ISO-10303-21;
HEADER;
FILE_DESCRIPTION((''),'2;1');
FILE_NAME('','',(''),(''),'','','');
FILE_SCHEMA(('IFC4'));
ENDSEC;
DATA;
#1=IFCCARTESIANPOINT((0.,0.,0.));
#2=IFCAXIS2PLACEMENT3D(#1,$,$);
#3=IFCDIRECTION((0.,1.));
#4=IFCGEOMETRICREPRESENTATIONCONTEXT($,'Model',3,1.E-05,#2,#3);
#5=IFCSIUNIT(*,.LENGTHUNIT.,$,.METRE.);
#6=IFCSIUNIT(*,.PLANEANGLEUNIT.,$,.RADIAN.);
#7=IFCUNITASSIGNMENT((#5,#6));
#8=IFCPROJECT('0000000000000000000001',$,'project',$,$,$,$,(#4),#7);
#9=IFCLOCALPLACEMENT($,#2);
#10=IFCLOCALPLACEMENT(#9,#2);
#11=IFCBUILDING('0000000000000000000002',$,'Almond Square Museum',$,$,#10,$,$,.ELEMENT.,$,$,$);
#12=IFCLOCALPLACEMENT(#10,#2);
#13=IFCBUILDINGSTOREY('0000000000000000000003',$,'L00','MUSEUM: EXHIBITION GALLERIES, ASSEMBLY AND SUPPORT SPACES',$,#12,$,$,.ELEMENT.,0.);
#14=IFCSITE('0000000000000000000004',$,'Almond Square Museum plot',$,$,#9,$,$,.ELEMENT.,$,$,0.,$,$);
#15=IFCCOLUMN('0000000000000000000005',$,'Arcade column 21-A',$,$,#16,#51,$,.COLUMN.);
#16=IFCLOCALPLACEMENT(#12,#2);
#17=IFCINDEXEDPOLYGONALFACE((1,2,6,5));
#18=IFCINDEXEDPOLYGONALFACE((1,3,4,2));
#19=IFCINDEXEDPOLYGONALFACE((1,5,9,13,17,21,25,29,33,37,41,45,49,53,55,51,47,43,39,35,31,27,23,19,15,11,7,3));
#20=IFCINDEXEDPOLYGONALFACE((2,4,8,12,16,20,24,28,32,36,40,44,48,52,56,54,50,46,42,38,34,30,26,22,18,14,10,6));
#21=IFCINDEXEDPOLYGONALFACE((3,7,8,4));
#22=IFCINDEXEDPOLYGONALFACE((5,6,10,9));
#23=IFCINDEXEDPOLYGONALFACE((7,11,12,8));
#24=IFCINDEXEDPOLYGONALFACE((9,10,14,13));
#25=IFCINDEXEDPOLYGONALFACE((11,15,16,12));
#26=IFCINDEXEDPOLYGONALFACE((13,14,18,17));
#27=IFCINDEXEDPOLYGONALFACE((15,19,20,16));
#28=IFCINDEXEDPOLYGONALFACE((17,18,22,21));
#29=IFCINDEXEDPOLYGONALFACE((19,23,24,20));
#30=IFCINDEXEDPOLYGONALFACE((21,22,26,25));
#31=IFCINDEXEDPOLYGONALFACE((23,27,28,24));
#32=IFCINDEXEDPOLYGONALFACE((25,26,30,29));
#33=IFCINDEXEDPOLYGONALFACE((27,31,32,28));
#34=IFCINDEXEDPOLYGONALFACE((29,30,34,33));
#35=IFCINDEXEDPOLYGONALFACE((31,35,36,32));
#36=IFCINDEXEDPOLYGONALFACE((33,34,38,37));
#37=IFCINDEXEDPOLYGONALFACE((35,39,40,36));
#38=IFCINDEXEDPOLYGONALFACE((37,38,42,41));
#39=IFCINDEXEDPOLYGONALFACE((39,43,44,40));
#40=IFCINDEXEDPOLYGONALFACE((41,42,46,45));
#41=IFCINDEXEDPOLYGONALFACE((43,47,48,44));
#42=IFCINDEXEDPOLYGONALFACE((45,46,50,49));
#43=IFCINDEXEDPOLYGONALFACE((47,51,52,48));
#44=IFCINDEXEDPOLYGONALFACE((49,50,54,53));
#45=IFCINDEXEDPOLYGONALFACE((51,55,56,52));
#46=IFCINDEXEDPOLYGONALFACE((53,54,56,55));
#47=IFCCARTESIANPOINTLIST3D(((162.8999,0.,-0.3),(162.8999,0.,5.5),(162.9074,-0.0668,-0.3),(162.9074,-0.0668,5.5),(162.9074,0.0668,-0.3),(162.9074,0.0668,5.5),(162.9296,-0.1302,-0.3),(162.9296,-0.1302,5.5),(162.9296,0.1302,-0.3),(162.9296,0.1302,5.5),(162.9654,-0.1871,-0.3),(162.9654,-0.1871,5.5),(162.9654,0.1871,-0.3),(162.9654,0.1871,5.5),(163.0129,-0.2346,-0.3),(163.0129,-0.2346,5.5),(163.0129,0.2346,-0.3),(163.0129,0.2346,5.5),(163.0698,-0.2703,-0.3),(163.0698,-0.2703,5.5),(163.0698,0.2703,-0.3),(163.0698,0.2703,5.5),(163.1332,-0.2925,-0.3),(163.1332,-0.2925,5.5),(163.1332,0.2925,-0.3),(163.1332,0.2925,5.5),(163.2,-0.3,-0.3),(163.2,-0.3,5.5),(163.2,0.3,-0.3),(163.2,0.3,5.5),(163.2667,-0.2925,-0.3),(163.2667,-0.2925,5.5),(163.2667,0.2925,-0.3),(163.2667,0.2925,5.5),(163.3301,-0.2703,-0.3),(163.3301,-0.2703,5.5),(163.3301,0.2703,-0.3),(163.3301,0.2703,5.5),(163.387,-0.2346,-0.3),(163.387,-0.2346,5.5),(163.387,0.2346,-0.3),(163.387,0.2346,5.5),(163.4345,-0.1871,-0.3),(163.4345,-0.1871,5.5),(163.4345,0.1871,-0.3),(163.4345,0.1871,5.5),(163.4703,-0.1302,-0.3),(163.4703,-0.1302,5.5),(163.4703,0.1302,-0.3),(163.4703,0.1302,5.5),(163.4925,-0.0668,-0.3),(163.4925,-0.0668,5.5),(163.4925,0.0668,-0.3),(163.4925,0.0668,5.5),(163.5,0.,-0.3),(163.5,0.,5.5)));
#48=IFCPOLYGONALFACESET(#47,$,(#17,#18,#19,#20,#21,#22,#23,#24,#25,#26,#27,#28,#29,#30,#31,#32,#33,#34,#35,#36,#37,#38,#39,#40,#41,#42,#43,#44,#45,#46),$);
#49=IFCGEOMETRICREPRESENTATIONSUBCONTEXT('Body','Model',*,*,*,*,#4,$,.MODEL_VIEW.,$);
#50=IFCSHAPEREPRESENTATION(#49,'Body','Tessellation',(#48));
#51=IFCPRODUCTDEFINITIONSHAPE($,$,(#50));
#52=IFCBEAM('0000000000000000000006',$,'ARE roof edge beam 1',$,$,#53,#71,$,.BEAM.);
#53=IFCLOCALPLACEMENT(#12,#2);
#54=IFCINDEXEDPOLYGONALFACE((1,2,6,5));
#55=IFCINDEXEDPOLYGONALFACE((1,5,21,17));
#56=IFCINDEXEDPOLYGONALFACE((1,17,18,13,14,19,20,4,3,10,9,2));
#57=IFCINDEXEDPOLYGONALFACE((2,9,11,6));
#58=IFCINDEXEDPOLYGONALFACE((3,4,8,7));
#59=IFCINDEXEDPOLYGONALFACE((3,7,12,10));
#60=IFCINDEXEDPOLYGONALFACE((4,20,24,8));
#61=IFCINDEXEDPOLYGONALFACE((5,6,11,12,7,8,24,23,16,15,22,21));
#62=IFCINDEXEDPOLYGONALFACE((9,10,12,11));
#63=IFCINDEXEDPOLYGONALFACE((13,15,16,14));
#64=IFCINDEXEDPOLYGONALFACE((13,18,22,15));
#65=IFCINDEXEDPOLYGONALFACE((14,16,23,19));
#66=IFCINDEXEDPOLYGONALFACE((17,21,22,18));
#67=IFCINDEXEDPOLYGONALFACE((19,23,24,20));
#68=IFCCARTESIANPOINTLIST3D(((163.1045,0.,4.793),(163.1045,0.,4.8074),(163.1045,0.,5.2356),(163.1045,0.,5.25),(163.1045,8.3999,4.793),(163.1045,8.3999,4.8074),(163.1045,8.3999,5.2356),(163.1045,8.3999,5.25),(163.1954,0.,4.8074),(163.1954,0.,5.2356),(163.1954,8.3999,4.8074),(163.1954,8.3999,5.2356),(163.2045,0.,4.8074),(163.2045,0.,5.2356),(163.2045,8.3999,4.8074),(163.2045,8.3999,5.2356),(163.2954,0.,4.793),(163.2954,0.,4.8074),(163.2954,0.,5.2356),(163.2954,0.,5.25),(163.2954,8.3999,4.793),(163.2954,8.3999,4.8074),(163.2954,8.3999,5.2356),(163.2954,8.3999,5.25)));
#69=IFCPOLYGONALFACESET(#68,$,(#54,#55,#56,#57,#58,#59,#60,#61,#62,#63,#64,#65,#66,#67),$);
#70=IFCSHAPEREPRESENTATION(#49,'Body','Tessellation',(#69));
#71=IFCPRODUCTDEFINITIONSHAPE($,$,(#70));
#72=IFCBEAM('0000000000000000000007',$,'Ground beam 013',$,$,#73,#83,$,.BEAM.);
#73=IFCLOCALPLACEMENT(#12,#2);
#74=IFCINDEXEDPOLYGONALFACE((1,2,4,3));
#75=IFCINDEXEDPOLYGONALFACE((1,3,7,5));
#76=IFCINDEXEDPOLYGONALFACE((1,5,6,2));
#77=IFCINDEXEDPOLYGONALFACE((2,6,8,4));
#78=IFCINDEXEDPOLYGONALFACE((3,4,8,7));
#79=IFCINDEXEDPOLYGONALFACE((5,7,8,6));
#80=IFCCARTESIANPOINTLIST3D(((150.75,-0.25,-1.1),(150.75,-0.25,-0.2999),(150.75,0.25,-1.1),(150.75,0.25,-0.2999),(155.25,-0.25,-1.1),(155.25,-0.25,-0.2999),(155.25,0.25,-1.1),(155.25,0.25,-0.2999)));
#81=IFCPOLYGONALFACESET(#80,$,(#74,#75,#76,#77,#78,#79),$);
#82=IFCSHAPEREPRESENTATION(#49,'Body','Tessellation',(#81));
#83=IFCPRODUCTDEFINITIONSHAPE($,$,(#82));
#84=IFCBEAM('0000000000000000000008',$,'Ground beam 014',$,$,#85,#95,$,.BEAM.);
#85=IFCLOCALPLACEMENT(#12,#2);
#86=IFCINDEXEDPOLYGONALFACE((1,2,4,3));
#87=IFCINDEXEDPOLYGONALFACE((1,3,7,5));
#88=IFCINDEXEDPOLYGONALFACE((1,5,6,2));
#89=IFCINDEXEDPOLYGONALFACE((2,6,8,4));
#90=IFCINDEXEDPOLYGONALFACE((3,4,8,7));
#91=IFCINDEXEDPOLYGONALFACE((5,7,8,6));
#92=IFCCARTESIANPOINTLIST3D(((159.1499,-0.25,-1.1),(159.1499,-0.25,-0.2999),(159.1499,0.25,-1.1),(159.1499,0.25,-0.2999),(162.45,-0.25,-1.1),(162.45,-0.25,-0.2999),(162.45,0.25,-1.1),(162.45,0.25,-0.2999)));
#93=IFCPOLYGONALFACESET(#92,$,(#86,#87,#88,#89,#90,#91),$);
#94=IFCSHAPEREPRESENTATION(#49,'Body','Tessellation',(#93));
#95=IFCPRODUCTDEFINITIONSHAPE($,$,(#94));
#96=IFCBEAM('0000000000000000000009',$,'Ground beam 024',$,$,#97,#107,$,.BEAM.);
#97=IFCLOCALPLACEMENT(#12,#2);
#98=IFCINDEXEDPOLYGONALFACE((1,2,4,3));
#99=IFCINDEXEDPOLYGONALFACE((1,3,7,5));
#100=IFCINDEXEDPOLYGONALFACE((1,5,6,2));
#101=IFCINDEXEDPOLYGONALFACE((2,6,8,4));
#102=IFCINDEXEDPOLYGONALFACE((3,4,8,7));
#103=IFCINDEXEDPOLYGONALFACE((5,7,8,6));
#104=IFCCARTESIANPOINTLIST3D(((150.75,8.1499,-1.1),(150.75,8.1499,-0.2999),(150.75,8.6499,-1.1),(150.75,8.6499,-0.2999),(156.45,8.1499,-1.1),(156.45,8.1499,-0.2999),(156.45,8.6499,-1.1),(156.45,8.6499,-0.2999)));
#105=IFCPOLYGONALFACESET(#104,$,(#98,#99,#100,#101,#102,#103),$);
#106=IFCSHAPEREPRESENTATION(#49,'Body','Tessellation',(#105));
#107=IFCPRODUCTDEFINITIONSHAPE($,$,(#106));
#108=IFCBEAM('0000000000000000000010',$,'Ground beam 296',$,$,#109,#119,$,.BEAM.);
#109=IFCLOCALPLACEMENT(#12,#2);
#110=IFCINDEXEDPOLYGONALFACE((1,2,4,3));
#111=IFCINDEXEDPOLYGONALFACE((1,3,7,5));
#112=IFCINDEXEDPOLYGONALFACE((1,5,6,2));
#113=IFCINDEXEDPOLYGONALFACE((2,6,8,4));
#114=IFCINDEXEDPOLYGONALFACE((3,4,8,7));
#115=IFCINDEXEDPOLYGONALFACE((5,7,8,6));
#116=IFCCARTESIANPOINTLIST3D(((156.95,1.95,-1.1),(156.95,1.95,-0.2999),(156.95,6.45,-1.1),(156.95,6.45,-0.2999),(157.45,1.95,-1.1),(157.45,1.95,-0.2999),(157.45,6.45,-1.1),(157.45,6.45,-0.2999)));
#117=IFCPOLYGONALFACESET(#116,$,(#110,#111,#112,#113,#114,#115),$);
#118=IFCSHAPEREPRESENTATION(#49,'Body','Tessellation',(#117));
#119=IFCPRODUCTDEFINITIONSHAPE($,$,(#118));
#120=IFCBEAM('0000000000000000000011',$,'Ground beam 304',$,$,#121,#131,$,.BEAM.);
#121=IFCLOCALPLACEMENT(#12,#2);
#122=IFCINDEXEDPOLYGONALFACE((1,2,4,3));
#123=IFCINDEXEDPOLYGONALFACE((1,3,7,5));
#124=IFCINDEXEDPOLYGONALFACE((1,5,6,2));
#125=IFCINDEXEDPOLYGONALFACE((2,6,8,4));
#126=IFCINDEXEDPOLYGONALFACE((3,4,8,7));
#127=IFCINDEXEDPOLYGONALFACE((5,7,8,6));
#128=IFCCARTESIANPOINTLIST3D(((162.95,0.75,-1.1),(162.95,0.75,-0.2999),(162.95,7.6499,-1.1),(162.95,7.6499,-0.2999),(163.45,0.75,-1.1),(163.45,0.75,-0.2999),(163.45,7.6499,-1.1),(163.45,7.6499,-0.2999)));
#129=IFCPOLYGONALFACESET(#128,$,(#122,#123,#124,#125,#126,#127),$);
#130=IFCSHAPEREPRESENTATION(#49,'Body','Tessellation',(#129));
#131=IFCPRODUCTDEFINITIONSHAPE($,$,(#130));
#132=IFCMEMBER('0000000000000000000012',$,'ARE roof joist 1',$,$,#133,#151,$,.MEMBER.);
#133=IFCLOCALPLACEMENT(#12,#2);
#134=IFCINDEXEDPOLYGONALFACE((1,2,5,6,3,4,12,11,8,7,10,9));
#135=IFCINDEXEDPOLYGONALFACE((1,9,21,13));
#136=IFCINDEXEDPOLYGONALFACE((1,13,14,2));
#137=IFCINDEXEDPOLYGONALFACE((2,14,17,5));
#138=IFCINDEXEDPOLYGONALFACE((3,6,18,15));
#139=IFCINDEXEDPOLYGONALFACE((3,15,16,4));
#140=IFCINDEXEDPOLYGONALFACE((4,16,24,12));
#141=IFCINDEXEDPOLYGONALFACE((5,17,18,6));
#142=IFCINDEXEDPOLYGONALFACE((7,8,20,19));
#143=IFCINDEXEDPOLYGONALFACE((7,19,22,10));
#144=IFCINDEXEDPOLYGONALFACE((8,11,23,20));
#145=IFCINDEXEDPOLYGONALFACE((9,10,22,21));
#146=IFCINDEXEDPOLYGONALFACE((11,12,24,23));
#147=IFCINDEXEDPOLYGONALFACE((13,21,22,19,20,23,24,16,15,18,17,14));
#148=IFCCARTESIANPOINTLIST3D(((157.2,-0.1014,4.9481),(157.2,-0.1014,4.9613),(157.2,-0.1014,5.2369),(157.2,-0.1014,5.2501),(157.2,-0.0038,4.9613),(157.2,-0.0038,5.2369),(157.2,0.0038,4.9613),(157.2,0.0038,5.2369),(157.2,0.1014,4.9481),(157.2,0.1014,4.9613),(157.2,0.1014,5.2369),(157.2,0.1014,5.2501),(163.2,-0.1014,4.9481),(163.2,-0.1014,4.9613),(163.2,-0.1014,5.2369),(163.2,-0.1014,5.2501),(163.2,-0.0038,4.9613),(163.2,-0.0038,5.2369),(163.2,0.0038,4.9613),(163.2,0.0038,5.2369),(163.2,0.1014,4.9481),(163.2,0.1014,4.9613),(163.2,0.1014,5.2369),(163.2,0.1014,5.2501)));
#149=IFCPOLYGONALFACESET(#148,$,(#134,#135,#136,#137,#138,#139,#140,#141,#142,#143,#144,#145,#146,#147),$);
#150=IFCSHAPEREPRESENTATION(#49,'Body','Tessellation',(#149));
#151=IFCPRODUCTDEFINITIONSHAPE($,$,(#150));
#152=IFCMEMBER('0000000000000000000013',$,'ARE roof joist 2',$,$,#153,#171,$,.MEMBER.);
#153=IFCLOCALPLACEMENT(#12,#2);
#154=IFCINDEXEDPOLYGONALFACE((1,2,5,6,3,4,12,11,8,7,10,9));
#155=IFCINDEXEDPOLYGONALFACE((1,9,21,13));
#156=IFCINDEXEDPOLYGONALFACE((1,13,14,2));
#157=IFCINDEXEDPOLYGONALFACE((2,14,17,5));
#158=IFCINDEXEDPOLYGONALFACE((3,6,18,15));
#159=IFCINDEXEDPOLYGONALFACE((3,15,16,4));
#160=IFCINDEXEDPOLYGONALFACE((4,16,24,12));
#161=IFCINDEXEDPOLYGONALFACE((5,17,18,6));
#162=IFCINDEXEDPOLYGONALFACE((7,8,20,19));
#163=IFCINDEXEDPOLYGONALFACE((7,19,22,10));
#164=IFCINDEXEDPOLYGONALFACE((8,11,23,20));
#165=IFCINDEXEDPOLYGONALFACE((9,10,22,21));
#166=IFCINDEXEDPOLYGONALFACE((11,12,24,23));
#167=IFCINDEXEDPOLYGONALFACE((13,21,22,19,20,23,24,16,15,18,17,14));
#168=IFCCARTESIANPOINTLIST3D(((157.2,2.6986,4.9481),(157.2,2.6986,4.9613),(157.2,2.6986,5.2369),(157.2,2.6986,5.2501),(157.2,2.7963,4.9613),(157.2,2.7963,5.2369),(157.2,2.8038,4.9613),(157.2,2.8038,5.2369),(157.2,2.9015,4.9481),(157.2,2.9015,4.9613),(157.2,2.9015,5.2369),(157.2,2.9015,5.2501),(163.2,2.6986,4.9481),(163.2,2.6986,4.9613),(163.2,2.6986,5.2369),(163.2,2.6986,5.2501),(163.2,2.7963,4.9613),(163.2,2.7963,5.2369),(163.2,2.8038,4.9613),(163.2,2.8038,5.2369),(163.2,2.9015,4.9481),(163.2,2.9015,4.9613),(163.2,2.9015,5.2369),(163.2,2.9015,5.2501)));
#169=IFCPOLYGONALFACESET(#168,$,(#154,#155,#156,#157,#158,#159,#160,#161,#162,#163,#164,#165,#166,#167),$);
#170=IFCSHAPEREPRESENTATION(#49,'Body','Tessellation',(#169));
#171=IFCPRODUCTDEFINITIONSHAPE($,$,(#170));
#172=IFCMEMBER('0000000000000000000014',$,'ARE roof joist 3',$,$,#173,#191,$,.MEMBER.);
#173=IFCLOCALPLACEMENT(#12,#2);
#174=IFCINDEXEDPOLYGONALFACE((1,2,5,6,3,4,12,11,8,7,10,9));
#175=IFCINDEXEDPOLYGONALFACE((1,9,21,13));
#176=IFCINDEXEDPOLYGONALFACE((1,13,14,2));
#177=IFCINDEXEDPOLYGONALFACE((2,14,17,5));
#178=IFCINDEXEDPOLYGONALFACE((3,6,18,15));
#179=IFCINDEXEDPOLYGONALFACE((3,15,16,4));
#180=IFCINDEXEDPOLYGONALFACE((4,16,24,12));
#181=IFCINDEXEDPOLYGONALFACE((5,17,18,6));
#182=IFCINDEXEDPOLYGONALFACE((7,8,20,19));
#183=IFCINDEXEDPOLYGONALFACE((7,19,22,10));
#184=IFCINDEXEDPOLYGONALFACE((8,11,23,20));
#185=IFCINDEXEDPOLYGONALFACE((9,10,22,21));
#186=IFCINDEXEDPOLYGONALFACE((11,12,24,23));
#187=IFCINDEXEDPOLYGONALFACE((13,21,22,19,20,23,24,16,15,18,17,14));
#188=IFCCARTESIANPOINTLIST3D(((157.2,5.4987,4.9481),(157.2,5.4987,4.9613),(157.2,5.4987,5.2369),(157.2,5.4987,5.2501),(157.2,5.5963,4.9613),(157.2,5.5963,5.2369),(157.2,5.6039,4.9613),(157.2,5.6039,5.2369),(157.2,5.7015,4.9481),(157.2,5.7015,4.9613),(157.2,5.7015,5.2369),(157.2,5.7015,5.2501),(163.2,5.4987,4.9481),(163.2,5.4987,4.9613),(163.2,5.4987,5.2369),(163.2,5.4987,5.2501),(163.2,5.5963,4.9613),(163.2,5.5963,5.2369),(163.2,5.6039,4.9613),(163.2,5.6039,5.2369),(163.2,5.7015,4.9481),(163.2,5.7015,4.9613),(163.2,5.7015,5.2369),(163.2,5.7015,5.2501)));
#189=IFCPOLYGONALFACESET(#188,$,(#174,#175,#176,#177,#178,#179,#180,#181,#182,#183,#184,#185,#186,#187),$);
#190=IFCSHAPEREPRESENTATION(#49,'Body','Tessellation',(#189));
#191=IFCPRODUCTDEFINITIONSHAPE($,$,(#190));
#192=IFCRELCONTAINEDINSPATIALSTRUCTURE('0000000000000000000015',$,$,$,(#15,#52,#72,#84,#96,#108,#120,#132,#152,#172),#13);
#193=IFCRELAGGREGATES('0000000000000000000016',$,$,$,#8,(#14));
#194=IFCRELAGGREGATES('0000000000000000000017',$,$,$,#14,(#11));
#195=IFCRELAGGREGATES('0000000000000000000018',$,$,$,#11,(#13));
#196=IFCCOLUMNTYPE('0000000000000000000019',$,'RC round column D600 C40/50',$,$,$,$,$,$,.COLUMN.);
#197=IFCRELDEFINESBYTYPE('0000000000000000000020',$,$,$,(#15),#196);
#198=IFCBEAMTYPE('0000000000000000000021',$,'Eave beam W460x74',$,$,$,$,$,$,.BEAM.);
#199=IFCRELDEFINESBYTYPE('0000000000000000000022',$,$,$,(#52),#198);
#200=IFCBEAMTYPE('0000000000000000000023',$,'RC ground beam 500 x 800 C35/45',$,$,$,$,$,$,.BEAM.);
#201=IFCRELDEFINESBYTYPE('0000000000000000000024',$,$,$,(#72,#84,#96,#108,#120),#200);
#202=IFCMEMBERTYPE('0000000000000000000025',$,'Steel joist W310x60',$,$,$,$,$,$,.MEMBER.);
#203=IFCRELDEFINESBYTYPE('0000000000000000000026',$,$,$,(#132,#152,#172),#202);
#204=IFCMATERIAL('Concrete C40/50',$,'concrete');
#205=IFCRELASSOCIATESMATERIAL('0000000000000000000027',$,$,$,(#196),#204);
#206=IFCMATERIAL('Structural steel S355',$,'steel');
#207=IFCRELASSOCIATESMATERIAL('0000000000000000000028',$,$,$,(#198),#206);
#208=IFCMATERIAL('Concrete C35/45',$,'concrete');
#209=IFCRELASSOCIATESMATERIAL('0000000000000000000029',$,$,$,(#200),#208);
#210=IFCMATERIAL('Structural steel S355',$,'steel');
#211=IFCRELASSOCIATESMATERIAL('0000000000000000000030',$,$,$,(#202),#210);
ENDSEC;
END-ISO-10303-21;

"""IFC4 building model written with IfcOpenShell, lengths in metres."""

from ifc_helpers import new_model, si_unit, direction, frame, origin, origin_2d, place, context, subcontext, project, spatial, rectangle, circle, i_section, extrude, material, material_profile, profile_set, type_object, element, save


model = new_model("IFC4")

# Units and contexts
model_context = context("Model", 3, precision=1e-05, world=origin(), true_north=direction((0.0, 1.0)))
body_context = subcontext(model_context, "Body", "Model", "MODEL_VIEW")
ifc_project = project(units=[si_unit("LENGTHUNIT", "METRE"), si_unit("PLANEANGLEUNIT", "RADIAN")], contexts=[model_context])

# Site, building, storey
site_placement = place(None, origin())
site = spatial("IfcSite", under=ifc_project, at=site_placement, Name="Almond Square Museum plot", CompositionType="ELEMENT", RefElevation=0.0)
building_placement = place(site_placement, origin())
building = spatial("IfcBuilding", under=site, at=building_placement, Name="Almond Square Museum", CompositionType="ELEMENT")
storey_placement = place(building_placement, origin())
storey = spatial("IfcBuildingStorey", under=building, at=storey_placement, Name="L00", Description="MUSEUM: EXHIBITION GALLERIES, ASSEMBLY AND SUPPORT SPACES", CompositionType="ELEMENT", Elevation=0.0)

# Column
ifc_material_1 = material(Name="Concrete C40/50", Category="concrete")
ifc_material_profile_1 = material_profile(ifc_material_1, circle(Radius=0.3, at=origin_2d()))
ifc_profile_set_1 = profile_set([ifc_material_profile_1], Name="Concrete C40/50")
column_type_1 = type_object("IfcColumnType", Name="RC round column D600 C40/50", PredefinedType="COLUMN", material=ifc_profile_set_1)
column_1_placement = place(storey_placement, frame((163.2, 0.0, -0.3), z_axis=(0.0, 0.0, 1.0), x_axis=(1.0, 0.0, 0.0)))
element("IfcColumn", 1, at=column_1_placement, inside=storey, type_object=column_type_1, Name="Arcade column 21-A", PredefinedType="COLUMN", context=body_context, shape_type="SweptSolid", body=[
    extrude(circle(Radius=0.3, at=origin_2d()), origin(), (0.0, 0.0, 1.0), 5.8),
])

# Beams
ifc_material_2 = material(Name="Structural steel S355", Category="steel")
ifc_material_profile_2 = material_profile(ifc_material_2, i_section(OverallWidth=0.1909, OverallDepth=0.457, WebThickness=0.009, FlangeThickness=0.0144, at=origin_2d()))
ifc_profile_set_2 = profile_set([ifc_material_profile_2], Name="Structural steel S355")
beam_type_1 = type_object("IfcBeamType", Name="Eave beam W460x74", PredefinedType="BEAM", material=ifc_profile_set_2)
beam_1_placement = place(storey_placement, frame((163.2, 0.0, 5.0215), z_axis=(0.0, 1.0, 0.0), x_axis=(-1.0, 0.0, 0.0)))
element("IfcBeam", 2, at=beam_1_placement, inside=storey, type_object=beam_type_1, Name="ARE roof edge beam 1", PredefinedType="BEAM", context=body_context, shape_type="SweptSolid", body=[
    extrude(i_section(OverallWidth=0.1909, OverallDepth=0.457, WebThickness=0.009, FlangeThickness=0.0144, at=origin_2d()), origin(), (0.0, 0.0, 1.0), 8.3999),
])
ifc_material_3 = material(Name="Concrete C35/45", Category="concrete")
ifc_material_profile_3 = material_profile(ifc_material_3, rectangle(XDim=0.5, YDim=0.8, at=origin_2d()))
ifc_profile_set_3 = profile_set([ifc_material_profile_3], Name="Concrete C35/45")
beam_type_2 = type_object("IfcBeamType", Name="RC ground beam 500 x 800 C35/45", PredefinedType="BEAM", material=ifc_profile_set_3)
beam_2_placement = place(storey_placement, frame((150.75, 0.0, -0.7), z_axis=(1.0, 0.0, 0.0), x_axis=(0.0, 1.0, 0.0)))
element("IfcBeam", 3, at=beam_2_placement, inside=storey, type_object=beam_type_2, Name="Ground beam 013", PredefinedType="BEAM", context=body_context, shape_type="SweptSolid", body=[
    extrude(rectangle(XDim=0.5, YDim=0.8, at=origin_2d()), origin(), (0.0, 0.0, 1.0), 4.5),
])
beam_3_placement = place(storey_placement, frame((159.1499, 0.0, -0.7), z_axis=(1.0, 0.0, 0.0), x_axis=(0.0, 1.0, 0.0)))
element("IfcBeam", 4, at=beam_3_placement, inside=storey, type_object=beam_type_2, Name="Ground beam 014", PredefinedType="BEAM", context=body_context, shape_type="SweptSolid", body=[
    extrude(rectangle(XDim=0.5, YDim=0.8, at=origin_2d()), origin(), (0.0, 0.0, 1.0), 3.3),
])
beam_4_placement = place(storey_placement, frame((150.75, 8.3999, -0.7), z_axis=(1.0, 0.0, 0.0), x_axis=(0.0, 1.0, 0.0)))
element("IfcBeam", 5, at=beam_4_placement, inside=storey, type_object=beam_type_2, Name="Ground beam 024", PredefinedType="BEAM", context=body_context, shape_type="SweptSolid", body=[
    extrude(rectangle(XDim=0.5, YDim=0.8, at=origin_2d()), origin(), (0.0, 0.0, 1.0), 5.7),
])
beam_5_placement = place(storey_placement, frame((157.2, 1.95, -0.7), z_axis=(0.0, 1.0, 0.0), x_axis=(-1.0, 0.0, 0.0)))
element("IfcBeam", 6, at=beam_5_placement, inside=storey, type_object=beam_type_2, Name="Ground beam 296", PredefinedType="BEAM", context=body_context, shape_type="SweptSolid", body=[
    extrude(rectangle(XDim=0.5, YDim=0.8, at=origin_2d()), origin(), (0.0, 0.0, 1.0), 4.5),
])
beam_6_placement = place(storey_placement, frame((163.2, 0.75, -0.7), z_axis=(0.0, 1.0, 0.0), x_axis=(-1.0, 0.0, 0.0)))
element("IfcBeam", 7, at=beam_6_placement, inside=storey, type_object=beam_type_2, Name="Ground beam 304", PredefinedType="BEAM", context=body_context, shape_type="SweptSolid", body=[
    extrude(rectangle(XDim=0.5, YDim=0.8, at=origin_2d()), origin(), (0.0, 0.0, 1.0), 6.8999),
])

# Members
ifc_material_4 = material(Name="Structural steel S355", Category="steel")
ifc_material_profile_4 = material_profile(ifc_material_4, i_section(OverallWidth=0.2029, OverallDepth=0.302, WebThickness=0.0076, FlangeThickness=0.0132, at=origin_2d()))
ifc_profile_set_4 = profile_set([ifc_material_profile_4], Name="Structural steel S355")
member_type = type_object("IfcMemberType", Name="Steel joist W310x60", PredefinedType="MEMBER", material=ifc_profile_set_4)
for number, where, z_axis, x_axis, name in (
    (8, (157.2, 0.0, 5.0991), (1.0, 0.0, 0.0), (0.0, 1.0, 0.0), "ARE roof joist 1"),
    (9, (157.2, 2.8, 5.0991), (1.0, 0.0, 0.0), (0.0, 1.0, 0.0), "ARE roof joist 2"),
    (10, (157.2, 5.6001, 5.0991), (1.0, 0.0, 0.0), (0.0, 1.0, 0.0), "ARE roof joist 3"),
):
    element("IfcMember", number, at=place(storey_placement, frame(where, z_axis=z_axis, x_axis=x_axis)), inside=storey, type_object=member_type, Name=name, PredefinedType="MEMBER", context=body_context, shape_type="SweptSolid", body=[
        extrude(i_section(OverallWidth=0.2029, OverallDepth=0.302, WebThickness=0.0076, FlangeThickness=0.0132, at=origin_2d()), origin(), (0.0, 0.0, 1.0), 6.0),
    ])

save(model, "model.ifc")
